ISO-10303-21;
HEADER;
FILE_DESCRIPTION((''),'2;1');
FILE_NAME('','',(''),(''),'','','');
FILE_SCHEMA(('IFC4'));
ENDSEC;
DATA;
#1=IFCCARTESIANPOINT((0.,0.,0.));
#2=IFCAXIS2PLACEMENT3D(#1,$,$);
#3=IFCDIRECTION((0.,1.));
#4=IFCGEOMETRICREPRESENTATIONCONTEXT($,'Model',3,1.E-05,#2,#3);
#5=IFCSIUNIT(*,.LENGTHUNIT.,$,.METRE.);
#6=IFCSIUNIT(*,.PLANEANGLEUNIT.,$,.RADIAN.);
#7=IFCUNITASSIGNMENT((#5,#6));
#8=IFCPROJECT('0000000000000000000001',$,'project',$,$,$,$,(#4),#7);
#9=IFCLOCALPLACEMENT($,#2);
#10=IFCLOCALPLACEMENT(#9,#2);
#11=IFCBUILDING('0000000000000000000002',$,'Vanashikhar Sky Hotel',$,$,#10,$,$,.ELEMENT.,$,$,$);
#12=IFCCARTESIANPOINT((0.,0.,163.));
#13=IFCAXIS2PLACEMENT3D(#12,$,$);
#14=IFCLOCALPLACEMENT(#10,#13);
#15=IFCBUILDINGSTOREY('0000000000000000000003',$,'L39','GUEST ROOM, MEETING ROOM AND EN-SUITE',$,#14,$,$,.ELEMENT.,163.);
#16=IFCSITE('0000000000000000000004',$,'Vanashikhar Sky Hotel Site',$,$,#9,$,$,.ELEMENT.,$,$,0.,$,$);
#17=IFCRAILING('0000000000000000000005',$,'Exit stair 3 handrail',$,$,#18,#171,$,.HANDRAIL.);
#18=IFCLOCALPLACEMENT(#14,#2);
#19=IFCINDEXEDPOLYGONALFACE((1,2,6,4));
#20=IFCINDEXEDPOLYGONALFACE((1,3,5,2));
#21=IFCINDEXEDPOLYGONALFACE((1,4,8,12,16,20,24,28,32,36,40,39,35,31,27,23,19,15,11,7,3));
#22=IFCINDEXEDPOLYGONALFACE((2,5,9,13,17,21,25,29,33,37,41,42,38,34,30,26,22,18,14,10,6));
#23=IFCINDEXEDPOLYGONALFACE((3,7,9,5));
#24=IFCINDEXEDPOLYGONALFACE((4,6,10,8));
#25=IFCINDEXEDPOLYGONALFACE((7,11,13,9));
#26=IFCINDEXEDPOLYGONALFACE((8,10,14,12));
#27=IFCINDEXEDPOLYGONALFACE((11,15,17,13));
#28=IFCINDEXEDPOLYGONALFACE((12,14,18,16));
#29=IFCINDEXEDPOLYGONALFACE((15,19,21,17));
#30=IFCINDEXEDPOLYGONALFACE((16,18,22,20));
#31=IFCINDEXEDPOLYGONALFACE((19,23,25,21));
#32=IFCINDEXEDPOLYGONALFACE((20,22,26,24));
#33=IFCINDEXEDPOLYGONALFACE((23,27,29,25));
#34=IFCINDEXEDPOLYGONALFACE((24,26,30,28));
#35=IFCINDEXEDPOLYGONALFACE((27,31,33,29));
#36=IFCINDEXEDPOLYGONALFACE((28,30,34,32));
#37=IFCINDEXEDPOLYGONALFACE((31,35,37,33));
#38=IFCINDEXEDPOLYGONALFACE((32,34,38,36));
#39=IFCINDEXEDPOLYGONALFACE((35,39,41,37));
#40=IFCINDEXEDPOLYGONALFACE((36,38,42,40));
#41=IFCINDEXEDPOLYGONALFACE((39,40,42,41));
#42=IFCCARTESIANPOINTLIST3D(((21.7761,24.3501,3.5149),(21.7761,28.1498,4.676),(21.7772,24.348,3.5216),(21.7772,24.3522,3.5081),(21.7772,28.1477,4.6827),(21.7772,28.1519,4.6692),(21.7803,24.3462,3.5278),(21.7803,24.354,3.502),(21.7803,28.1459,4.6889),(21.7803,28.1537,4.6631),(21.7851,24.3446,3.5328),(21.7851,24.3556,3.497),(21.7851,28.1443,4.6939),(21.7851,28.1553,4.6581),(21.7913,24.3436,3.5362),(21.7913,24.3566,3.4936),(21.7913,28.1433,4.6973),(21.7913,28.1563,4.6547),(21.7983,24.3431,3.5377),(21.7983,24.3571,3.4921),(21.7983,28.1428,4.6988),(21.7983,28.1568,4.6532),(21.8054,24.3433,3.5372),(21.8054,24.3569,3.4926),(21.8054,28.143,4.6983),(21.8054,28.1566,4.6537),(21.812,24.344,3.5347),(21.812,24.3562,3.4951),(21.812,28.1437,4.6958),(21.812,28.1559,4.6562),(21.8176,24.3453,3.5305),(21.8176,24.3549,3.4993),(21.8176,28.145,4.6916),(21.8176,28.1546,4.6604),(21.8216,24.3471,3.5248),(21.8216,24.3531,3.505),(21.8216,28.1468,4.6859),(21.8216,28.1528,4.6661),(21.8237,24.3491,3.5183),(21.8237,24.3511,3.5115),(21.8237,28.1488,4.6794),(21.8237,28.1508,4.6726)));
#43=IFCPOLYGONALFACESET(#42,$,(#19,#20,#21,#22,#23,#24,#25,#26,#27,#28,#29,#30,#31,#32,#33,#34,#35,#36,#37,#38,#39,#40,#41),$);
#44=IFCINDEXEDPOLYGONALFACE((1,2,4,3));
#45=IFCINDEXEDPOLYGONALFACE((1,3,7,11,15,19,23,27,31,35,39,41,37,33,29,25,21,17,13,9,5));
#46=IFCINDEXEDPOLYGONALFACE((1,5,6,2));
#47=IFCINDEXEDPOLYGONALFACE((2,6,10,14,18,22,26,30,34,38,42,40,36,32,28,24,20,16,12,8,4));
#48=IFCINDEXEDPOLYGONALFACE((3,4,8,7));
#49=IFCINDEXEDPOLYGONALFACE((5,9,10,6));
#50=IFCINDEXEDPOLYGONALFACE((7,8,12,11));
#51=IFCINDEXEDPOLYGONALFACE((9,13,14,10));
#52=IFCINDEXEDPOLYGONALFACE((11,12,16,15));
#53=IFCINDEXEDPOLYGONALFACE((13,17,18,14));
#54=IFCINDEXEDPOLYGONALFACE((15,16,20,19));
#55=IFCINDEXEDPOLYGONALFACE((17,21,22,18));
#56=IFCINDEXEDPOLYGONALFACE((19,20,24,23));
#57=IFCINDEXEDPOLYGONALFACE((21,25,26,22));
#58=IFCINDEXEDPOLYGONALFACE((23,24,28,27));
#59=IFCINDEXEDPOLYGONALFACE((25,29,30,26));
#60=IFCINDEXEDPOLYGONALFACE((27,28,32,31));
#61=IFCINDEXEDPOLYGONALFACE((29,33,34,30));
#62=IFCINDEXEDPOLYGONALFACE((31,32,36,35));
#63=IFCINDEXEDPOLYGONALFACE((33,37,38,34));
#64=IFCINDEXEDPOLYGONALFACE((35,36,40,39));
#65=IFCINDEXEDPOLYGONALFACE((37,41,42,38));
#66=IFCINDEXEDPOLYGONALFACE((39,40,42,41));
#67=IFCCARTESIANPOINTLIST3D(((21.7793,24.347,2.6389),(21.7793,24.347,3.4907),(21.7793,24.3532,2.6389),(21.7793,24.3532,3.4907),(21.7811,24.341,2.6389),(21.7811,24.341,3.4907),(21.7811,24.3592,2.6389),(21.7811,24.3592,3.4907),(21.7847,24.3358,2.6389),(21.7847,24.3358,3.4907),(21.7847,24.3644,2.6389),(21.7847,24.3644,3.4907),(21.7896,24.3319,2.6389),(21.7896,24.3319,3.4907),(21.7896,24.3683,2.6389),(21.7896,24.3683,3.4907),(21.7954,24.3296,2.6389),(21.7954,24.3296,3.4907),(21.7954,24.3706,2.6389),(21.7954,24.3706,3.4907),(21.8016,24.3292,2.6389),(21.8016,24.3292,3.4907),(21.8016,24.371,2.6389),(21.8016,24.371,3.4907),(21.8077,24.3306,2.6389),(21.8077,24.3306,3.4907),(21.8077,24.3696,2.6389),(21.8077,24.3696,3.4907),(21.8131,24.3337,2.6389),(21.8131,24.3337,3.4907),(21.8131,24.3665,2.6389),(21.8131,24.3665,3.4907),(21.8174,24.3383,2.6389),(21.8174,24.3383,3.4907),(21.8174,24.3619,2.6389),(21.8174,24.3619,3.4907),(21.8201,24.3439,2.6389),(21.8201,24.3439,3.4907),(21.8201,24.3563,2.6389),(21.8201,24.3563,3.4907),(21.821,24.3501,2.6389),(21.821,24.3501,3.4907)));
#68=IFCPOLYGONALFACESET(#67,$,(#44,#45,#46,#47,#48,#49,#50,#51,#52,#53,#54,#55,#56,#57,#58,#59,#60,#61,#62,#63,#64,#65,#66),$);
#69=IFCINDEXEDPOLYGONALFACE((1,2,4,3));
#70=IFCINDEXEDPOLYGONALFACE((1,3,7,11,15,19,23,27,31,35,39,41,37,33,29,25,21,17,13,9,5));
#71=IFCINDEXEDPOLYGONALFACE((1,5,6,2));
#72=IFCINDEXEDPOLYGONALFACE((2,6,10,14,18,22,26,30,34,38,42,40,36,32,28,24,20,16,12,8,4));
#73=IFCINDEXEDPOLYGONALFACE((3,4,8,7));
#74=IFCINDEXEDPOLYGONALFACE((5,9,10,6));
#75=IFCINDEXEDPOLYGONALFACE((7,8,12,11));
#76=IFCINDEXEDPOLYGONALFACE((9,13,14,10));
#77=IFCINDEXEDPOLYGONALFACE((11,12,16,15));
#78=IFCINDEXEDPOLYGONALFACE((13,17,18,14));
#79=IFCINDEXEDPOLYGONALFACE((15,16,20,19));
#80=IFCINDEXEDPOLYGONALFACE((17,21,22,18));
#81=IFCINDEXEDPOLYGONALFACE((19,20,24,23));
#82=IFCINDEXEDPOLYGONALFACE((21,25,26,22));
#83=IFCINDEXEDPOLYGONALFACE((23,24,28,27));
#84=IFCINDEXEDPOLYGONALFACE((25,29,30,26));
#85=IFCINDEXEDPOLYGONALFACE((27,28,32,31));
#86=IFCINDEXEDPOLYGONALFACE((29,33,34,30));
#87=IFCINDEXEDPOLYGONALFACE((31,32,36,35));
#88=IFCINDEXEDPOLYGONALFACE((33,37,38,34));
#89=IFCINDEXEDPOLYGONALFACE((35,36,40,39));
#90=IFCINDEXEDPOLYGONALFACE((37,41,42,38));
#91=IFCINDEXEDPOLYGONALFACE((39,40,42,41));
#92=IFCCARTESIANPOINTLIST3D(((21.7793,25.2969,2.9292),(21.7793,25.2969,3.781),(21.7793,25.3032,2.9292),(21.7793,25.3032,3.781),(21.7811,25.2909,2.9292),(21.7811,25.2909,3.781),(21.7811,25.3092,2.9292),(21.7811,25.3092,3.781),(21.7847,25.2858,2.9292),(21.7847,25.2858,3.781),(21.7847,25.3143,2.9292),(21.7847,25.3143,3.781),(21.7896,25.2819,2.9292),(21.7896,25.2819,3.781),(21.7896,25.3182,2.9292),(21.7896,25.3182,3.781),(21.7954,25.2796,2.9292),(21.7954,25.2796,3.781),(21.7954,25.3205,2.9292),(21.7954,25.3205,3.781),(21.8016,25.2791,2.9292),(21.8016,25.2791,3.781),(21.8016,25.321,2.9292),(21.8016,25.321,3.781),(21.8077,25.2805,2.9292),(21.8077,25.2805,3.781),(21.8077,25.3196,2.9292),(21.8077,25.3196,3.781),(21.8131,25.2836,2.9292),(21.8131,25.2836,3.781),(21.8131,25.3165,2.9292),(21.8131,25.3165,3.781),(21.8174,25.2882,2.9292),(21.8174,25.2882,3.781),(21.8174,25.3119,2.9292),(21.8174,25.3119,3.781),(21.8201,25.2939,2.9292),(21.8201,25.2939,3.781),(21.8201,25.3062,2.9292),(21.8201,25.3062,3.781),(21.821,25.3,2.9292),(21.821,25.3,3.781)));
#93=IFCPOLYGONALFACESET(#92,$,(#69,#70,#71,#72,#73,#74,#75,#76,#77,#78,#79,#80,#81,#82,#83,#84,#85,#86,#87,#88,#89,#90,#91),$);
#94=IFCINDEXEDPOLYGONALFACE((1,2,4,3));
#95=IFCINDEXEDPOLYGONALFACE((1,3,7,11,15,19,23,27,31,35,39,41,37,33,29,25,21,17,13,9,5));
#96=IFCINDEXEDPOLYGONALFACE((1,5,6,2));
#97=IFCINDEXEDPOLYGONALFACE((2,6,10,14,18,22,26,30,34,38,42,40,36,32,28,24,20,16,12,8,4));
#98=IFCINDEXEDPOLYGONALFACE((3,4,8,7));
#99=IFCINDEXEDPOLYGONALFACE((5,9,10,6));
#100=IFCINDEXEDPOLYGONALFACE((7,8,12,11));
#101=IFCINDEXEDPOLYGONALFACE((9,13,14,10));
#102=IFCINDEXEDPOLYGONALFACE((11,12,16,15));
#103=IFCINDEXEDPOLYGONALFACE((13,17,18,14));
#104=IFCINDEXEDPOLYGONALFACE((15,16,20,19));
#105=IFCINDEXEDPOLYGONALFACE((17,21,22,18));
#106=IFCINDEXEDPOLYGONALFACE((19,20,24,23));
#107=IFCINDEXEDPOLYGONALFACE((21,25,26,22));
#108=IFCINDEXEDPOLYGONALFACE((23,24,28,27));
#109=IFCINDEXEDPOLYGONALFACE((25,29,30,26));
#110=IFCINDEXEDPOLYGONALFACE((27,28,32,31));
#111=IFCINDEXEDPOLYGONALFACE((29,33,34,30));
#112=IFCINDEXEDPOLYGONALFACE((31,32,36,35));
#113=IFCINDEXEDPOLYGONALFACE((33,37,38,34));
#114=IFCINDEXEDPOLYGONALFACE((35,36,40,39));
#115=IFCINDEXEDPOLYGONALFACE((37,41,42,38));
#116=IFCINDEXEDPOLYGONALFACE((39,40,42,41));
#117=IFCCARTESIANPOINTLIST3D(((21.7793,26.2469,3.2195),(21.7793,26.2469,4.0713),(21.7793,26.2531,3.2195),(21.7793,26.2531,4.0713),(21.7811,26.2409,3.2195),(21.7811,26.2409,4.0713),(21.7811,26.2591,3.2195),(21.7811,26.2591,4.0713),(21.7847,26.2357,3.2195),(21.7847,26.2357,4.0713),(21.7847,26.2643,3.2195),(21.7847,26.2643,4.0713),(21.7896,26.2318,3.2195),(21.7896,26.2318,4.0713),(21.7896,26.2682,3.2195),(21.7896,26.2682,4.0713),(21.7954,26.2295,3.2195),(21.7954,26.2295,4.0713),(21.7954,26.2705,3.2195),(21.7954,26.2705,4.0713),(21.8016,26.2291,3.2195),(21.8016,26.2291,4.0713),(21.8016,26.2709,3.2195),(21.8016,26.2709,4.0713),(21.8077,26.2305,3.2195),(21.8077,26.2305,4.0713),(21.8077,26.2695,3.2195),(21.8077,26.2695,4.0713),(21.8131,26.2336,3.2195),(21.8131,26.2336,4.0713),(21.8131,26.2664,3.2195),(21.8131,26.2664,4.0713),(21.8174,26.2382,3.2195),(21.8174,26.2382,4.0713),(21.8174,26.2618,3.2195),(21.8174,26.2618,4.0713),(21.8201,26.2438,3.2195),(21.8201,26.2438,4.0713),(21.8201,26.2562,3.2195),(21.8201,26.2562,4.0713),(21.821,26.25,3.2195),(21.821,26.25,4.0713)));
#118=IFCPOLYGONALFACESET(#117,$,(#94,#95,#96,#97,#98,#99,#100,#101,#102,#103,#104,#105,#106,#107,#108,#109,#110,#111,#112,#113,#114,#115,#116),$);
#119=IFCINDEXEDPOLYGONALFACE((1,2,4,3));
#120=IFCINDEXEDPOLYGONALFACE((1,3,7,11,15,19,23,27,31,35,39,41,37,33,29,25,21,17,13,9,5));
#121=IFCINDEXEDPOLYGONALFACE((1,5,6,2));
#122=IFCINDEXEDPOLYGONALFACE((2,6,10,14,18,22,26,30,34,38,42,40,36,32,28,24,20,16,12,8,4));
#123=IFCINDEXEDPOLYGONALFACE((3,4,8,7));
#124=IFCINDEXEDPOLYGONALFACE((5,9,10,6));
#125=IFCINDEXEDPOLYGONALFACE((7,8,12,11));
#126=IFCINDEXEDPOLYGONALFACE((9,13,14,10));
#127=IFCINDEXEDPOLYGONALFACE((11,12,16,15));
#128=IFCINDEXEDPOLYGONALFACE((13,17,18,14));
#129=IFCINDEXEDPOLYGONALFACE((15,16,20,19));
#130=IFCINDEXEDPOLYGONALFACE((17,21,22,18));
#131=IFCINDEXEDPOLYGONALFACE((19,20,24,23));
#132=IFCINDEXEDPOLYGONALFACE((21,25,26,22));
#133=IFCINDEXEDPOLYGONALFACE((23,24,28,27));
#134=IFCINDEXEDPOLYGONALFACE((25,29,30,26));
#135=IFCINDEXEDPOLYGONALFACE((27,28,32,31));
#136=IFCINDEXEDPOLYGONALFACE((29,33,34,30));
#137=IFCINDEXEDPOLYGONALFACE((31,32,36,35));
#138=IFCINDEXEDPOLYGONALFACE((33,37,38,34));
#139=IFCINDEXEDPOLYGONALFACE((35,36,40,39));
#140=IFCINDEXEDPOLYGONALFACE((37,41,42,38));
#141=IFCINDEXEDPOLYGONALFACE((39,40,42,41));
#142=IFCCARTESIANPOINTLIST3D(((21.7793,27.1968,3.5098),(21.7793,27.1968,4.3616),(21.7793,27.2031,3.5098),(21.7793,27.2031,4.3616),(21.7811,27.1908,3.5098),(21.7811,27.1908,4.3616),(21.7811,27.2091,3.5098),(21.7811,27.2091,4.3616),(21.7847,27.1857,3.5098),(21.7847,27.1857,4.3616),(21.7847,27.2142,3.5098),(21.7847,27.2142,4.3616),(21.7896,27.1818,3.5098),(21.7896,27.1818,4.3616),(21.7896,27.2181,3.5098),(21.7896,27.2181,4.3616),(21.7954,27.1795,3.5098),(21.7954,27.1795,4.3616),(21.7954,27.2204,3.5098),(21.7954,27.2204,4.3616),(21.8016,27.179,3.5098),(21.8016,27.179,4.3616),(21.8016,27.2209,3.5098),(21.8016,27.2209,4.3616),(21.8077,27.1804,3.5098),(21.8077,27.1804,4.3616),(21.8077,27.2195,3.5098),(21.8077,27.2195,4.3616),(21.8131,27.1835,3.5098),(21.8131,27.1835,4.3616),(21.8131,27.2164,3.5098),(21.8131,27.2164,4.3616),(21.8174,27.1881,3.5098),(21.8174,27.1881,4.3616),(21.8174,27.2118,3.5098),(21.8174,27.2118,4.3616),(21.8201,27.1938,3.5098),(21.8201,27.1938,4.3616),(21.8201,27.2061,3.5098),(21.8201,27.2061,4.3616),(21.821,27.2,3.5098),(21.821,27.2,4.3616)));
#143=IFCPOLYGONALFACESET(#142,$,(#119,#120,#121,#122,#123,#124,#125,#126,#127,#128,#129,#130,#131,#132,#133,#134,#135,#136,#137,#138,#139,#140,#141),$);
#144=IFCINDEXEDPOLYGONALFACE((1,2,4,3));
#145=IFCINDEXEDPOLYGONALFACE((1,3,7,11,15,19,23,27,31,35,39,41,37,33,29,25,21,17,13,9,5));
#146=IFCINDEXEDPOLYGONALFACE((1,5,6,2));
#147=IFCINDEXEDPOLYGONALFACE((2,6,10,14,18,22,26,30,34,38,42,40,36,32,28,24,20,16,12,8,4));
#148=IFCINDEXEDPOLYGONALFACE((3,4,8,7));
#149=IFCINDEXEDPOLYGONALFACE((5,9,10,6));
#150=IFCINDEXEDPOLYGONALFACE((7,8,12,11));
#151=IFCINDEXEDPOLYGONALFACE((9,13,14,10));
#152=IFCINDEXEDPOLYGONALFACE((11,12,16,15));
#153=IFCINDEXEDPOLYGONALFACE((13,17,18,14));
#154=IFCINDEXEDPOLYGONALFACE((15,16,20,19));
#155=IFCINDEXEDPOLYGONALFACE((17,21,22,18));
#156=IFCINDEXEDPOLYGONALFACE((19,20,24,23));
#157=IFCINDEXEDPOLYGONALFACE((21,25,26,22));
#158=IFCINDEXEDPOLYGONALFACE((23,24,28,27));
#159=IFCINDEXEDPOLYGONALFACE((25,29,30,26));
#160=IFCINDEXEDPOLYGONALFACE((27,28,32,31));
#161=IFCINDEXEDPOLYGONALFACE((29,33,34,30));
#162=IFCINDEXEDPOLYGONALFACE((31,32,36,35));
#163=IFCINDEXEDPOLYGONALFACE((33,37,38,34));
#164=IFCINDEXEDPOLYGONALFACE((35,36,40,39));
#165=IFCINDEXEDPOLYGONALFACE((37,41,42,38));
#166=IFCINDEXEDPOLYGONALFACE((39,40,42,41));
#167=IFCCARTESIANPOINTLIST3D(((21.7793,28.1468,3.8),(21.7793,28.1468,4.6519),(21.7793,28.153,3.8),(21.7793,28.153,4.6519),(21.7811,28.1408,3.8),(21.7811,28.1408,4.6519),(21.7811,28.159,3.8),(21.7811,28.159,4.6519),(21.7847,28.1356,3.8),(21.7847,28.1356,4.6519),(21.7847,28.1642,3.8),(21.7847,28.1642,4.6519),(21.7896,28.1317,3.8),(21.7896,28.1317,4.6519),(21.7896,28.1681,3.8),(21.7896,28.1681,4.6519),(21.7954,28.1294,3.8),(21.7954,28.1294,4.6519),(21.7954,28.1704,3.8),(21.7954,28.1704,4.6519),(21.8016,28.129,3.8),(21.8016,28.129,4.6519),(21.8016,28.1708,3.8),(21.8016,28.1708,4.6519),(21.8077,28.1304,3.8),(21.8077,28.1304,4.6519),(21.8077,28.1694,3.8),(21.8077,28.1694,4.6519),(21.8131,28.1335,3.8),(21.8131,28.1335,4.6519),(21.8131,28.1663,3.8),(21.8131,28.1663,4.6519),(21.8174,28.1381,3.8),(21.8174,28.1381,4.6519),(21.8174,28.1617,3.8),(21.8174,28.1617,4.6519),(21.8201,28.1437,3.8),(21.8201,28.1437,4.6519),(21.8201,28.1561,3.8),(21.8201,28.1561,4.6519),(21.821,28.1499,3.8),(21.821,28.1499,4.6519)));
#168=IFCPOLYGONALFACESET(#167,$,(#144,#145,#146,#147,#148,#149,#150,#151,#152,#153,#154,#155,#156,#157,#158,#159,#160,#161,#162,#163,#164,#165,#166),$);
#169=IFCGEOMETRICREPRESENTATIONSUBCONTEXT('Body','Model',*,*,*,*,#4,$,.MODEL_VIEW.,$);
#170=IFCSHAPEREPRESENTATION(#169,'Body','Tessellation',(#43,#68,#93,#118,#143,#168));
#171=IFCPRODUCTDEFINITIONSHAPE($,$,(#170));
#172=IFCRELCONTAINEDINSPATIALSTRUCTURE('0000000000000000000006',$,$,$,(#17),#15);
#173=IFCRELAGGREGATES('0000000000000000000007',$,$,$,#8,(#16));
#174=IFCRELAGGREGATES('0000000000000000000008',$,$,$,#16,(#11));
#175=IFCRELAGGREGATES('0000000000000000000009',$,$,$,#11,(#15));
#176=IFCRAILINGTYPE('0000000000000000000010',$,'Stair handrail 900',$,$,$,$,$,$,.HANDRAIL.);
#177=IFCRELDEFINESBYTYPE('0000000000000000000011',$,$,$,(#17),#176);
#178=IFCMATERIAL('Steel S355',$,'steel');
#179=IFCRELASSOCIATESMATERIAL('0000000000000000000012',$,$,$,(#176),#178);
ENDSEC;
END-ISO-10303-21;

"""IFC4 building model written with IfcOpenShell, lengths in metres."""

from ifc_helpers import new_model, si_unit, direction, frame, origin, origin_2d, place, context, subcontext, project, spatial, circle, extrude, source, transform, mapped, material, type_object, element, save


model = new_model("IFC4")

# Units and contexts
model_context = context("Model", 3, precision=1e-05, world=origin(), true_north=direction((0.0, 1.0)))
body_context = subcontext(model_context, "Body", "Model", "MODEL_VIEW")
ifc_project = project(units=[si_unit("LENGTHUNIT", "METRE"), si_unit("PLANEANGLEUNIT", "RADIAN")], contexts=[model_context])

# Site, building, storey
site_placement = place(None, origin())
site = spatial("IfcSite", under=ifc_project, at=site_placement, Name="Vanashikhar Sky Hotel Site", CompositionType="ELEMENT", RefElevation=0.0)
building_placement = place(site_placement, origin())
building = spatial("IfcBuilding", under=site, at=building_placement, Name="Vanashikhar Sky Hotel", CompositionType="ELEMENT")
storey_placement = place(building_placement, frame((0.0, 0.0, 163.0)))
storey = spatial("IfcBuildingStorey", under=building, at=storey_placement, Name="L39", Description="GUEST ROOM, MEETING ROOM AND EN-SUITE", CompositionType="ELEMENT", Elevation=163.0)

# Railing
ifc_material_1 = material(Name="Steel S355", Category="steel")
railing_type = type_object("IfcRailingType", Name="Stair handrail 900", PredefinedType="HANDRAIL", material=ifc_material_1)
shared_shape_1 = source(origin(), body_context, "Body", "SweptSolid", [
    extrude(circle(Radius=0.0239, at=origin_2d()), frame((0.0, 0.0, 0.876), z_axis=(0.0, 0.956346, 0.292237), x_axis=(-1.0, 0.0, 0.0)), (0.0, 0.0, 1.0), 3.9731),
    extrude(circle(Radius=0.021, at=origin_2d()), origin(), (0.0, 0.0, 1.0), 0.8518),
    extrude(circle(Radius=0.021, at=origin_2d()), frame((0.0, 0.95, 0.2903)), (0.0, 0.0, 1.0), 0.8518),
    extrude(circle(Radius=0.021, at=origin_2d()), frame((0.0, 1.8999, 0.5806)), (0.0, 0.0, 1.0), 0.8518),
    extrude(circle(Radius=0.021, at=origin_2d()), frame((0.0, 2.8499, 0.8708)), (0.0, 0.0, 1.0), 0.8518),
    extrude(circle(Radius=0.021, at=origin_2d()), frame((0.0, 3.7998, 1.1611)), (0.0, 0.0, 1.0), 0.8518),
])
for number, where, name in (
    (1, (21.8, 24.3501, 2.6389), "Exit stair 3 handrail"),
):
    element("IfcRailing", number, at=place(storey_placement, frame(where)), inside=storey, type_object=railing_type, Name=name, PredefinedType="HANDRAIL", context=body_context, shape_type="MappedRepresentation", body=[
        mapped(shared_shape_1, transform((0.0, 0.0, 0.0), scale=1.0)),
    ])

save(model, "model.ifc")
